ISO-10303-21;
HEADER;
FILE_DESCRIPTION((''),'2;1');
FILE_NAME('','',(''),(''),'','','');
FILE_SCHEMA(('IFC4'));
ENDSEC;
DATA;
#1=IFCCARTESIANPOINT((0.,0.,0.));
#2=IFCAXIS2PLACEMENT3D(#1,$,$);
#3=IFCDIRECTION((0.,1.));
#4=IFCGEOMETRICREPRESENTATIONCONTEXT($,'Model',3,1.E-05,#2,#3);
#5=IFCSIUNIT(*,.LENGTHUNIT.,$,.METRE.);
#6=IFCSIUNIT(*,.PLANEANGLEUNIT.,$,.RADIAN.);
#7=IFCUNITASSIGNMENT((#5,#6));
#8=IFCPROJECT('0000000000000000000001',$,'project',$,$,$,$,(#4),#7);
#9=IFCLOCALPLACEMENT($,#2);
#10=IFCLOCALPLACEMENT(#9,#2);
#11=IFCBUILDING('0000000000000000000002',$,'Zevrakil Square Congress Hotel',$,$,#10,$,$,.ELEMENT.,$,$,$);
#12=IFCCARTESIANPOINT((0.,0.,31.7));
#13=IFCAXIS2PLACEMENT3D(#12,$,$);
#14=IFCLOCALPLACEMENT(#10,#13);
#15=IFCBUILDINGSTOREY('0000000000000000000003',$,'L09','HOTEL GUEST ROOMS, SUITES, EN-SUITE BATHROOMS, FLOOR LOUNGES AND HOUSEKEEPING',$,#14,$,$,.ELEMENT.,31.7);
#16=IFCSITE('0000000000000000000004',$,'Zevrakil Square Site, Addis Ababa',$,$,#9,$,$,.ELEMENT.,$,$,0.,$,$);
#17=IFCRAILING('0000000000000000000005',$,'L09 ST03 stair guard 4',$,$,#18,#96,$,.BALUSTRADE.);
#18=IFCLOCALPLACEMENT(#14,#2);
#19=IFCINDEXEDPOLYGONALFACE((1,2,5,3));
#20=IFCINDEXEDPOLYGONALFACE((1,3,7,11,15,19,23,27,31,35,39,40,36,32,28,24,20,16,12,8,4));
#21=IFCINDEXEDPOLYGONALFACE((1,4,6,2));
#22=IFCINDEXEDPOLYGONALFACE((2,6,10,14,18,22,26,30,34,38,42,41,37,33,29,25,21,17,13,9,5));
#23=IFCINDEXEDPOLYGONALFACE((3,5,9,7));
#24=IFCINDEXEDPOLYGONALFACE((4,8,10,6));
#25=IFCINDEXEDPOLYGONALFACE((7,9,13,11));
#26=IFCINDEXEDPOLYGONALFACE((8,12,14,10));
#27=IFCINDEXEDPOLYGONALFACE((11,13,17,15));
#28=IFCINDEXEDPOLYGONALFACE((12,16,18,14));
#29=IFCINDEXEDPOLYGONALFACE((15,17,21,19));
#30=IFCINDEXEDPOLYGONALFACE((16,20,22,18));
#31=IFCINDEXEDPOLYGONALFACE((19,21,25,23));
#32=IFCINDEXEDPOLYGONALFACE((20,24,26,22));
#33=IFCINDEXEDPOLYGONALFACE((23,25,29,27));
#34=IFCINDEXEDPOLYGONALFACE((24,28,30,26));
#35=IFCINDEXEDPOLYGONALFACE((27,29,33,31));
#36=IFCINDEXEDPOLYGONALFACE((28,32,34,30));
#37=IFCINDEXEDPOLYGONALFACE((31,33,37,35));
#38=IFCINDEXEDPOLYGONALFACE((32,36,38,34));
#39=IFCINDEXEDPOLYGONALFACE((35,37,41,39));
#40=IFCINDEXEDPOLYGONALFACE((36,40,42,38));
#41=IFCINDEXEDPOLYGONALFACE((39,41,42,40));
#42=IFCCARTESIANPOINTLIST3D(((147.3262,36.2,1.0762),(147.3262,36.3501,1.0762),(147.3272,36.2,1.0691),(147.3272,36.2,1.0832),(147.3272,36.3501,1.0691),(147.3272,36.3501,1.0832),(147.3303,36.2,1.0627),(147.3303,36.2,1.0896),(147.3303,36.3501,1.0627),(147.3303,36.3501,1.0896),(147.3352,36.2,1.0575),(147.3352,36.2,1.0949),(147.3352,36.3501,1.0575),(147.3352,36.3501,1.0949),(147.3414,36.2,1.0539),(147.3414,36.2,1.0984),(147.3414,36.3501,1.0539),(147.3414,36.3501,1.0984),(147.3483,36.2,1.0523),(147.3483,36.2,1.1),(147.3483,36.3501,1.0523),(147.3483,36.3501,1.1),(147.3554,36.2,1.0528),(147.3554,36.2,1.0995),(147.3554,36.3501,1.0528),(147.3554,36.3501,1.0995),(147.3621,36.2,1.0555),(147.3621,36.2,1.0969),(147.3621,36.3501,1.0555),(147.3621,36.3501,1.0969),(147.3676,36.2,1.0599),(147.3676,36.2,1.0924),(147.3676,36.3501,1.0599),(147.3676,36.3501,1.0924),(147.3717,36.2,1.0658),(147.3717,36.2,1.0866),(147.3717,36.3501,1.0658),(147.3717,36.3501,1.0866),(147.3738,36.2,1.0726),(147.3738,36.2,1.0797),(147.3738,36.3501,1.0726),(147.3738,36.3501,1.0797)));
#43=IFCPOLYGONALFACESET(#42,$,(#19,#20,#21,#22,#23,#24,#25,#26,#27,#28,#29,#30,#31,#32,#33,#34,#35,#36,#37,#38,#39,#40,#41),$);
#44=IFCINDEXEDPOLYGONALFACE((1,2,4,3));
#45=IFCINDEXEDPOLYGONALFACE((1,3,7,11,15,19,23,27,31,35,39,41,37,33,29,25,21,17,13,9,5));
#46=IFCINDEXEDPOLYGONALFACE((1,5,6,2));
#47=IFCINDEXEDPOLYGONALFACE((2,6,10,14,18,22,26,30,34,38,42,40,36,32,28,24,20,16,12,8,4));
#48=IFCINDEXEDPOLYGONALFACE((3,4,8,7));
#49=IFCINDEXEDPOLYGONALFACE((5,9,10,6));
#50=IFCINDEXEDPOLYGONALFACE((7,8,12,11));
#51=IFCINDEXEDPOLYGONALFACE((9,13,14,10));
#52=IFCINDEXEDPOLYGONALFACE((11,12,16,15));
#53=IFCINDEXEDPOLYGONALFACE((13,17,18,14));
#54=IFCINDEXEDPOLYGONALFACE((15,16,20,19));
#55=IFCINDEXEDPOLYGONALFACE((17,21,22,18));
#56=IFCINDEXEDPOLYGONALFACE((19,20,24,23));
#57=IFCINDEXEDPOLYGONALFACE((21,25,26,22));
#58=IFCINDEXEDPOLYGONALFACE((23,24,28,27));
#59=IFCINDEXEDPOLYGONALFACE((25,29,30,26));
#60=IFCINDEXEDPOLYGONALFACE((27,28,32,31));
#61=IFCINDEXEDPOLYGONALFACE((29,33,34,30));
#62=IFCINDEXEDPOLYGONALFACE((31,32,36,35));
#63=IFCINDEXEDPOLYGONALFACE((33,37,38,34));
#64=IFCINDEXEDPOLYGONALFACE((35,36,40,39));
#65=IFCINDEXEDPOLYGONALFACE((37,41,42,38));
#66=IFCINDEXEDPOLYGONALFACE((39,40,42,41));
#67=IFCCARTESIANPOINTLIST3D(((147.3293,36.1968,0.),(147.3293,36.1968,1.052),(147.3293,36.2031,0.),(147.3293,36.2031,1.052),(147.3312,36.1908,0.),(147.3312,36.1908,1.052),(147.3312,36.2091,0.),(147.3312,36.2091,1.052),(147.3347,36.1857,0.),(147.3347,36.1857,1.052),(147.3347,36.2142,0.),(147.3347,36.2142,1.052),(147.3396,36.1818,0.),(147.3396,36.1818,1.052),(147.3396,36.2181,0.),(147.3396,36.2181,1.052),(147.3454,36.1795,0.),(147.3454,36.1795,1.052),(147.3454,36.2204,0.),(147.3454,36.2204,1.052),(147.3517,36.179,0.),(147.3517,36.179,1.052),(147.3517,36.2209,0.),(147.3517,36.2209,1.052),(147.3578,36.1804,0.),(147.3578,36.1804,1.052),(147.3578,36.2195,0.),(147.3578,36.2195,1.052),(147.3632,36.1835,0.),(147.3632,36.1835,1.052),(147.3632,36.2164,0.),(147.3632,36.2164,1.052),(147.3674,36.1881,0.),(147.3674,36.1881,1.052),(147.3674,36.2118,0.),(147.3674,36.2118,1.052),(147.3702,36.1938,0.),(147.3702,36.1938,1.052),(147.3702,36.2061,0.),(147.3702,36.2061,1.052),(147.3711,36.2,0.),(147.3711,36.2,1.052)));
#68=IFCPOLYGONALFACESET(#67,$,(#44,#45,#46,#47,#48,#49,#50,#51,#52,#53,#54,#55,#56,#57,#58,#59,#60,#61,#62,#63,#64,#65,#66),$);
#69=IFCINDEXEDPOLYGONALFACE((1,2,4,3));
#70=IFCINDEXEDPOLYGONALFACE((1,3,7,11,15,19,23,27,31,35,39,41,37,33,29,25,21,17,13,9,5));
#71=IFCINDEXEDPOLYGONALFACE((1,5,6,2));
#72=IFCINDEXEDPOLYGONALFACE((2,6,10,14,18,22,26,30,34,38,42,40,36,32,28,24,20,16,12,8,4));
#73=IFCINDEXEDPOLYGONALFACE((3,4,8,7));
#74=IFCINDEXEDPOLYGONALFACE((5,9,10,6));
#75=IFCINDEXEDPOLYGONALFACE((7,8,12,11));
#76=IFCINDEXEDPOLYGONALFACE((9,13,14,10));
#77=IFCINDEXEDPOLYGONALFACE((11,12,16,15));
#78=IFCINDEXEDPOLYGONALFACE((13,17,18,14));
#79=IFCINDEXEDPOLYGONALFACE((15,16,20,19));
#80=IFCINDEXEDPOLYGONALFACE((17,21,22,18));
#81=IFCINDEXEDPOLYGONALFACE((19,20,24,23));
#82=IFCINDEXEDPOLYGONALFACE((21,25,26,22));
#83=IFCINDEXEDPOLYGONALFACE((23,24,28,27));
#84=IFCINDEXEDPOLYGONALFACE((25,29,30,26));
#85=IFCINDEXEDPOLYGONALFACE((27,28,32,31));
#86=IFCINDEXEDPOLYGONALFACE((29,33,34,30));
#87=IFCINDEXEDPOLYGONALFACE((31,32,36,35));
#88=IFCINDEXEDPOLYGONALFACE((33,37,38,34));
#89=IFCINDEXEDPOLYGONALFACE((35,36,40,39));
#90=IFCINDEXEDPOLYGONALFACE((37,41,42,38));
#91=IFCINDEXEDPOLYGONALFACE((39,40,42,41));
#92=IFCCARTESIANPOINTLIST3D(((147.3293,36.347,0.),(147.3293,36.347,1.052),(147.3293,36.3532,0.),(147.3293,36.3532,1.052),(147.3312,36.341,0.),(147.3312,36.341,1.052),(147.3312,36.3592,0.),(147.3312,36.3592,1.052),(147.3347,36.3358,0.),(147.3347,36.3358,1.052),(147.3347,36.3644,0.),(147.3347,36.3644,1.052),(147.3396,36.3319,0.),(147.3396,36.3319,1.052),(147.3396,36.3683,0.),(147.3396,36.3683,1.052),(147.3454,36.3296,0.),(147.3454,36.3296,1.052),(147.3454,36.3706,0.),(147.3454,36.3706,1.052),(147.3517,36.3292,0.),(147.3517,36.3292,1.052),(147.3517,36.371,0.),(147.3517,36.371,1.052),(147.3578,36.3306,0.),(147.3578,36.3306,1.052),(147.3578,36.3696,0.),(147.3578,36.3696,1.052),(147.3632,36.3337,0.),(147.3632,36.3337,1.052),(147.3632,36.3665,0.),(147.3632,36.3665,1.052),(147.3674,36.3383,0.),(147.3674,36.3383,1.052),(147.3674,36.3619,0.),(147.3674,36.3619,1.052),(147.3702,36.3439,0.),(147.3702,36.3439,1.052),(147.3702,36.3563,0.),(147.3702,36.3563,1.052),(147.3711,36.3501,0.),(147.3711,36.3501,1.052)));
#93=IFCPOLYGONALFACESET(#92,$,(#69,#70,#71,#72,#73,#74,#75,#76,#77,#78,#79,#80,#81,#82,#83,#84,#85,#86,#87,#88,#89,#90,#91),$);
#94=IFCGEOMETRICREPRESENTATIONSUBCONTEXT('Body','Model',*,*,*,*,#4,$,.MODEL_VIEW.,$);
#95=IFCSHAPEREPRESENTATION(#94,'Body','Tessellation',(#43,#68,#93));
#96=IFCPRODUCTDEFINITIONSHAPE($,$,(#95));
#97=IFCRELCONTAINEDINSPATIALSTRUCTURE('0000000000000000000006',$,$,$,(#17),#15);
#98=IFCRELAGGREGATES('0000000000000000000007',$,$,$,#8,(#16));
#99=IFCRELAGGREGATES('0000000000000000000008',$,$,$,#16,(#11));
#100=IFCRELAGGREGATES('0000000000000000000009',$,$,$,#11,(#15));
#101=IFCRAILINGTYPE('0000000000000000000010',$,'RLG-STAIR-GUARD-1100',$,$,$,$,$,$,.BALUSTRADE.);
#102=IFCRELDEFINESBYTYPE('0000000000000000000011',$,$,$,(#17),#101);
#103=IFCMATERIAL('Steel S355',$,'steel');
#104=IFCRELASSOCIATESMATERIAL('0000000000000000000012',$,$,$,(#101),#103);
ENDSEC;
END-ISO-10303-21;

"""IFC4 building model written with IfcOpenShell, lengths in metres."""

from ifc_helpers import new_model, si_unit, direction, frame, origin, origin_2d, place, context, subcontext, project, spatial, circle, extrude, material, type_object, element, save


model = new_model("IFC4")

# Units and contexts
model_context = context("Model", 3, precision=1e-05, world=origin(), true_north=direction((0.0, 1.0)))
body_context = subcontext(model_context, "Body", "Model", "MODEL_VIEW")
ifc_project = project(units=[si_unit("LENGTHUNIT", "METRE"), si_unit("PLANEANGLEUNIT", "RADIAN")], contexts=[model_context])

# Site, building, storey
site_placement = place(None, origin())
site = spatial("IfcSite", under=ifc_project, at=site_placement, Name="Zevrakil Square Site, Addis Ababa", CompositionType="ELEMENT", RefElevation=0.0)
building_placement = place(site_placement, origin())
building = spatial("IfcBuilding", under=site, at=building_placement, Name="Zevrakil Square Congress Hotel", CompositionType="ELEMENT")
storey_placement = place(building_placement, frame((0.0, 0.0, 31.7)))
storey = spatial("IfcBuildingStorey", under=building, at=storey_placement, Name="L09", Description="HOTEL GUEST ROOMS, SUITES, EN-SUITE BATHROOMS, FLOOR LOUNGES AND HOUSEKEEPING", CompositionType="ELEMENT", Elevation=31.7)

# Railing
ifc_material_1 = material(Name="Steel S355", Category="steel")
railing_type_1 = type_object("IfcRailingType", Name="RLG-STAIR-GUARD-1100", PredefinedType="BALUSTRADE", material=ifc_material_1)
railing_1_placement = place(storey_placement, frame((147.3501, 36.2, 0.0)))
element("IfcRailing", 1, at=railing_1_placement, inside=storey, type_object=railing_type_1, Name="L09 ST03 stair guard 4", PredefinedType="BALUSTRADE", context=body_context, shape_type="SweptSolid", body=[
    extrude(circle(Radius=0.0239, at=origin_2d()), frame((0.0, 0.0, 1.0762), z_axis=(0.0, 1.0, 0.0), x_axis=(-1.0, 0.0, 0.0)), (0.0, 0.0, 1.0), 0.1501),
    extrude(circle(Radius=0.021, at=origin_2d()), origin(), (0.0, 0.0, 1.0), 1.052),
    extrude(circle(Radius=0.021, at=origin_2d()), frame((0.0, 0.1501, 0.0)), (0.0, 0.0, 1.0), 1.052),
])

save(model, "model.ifc")
